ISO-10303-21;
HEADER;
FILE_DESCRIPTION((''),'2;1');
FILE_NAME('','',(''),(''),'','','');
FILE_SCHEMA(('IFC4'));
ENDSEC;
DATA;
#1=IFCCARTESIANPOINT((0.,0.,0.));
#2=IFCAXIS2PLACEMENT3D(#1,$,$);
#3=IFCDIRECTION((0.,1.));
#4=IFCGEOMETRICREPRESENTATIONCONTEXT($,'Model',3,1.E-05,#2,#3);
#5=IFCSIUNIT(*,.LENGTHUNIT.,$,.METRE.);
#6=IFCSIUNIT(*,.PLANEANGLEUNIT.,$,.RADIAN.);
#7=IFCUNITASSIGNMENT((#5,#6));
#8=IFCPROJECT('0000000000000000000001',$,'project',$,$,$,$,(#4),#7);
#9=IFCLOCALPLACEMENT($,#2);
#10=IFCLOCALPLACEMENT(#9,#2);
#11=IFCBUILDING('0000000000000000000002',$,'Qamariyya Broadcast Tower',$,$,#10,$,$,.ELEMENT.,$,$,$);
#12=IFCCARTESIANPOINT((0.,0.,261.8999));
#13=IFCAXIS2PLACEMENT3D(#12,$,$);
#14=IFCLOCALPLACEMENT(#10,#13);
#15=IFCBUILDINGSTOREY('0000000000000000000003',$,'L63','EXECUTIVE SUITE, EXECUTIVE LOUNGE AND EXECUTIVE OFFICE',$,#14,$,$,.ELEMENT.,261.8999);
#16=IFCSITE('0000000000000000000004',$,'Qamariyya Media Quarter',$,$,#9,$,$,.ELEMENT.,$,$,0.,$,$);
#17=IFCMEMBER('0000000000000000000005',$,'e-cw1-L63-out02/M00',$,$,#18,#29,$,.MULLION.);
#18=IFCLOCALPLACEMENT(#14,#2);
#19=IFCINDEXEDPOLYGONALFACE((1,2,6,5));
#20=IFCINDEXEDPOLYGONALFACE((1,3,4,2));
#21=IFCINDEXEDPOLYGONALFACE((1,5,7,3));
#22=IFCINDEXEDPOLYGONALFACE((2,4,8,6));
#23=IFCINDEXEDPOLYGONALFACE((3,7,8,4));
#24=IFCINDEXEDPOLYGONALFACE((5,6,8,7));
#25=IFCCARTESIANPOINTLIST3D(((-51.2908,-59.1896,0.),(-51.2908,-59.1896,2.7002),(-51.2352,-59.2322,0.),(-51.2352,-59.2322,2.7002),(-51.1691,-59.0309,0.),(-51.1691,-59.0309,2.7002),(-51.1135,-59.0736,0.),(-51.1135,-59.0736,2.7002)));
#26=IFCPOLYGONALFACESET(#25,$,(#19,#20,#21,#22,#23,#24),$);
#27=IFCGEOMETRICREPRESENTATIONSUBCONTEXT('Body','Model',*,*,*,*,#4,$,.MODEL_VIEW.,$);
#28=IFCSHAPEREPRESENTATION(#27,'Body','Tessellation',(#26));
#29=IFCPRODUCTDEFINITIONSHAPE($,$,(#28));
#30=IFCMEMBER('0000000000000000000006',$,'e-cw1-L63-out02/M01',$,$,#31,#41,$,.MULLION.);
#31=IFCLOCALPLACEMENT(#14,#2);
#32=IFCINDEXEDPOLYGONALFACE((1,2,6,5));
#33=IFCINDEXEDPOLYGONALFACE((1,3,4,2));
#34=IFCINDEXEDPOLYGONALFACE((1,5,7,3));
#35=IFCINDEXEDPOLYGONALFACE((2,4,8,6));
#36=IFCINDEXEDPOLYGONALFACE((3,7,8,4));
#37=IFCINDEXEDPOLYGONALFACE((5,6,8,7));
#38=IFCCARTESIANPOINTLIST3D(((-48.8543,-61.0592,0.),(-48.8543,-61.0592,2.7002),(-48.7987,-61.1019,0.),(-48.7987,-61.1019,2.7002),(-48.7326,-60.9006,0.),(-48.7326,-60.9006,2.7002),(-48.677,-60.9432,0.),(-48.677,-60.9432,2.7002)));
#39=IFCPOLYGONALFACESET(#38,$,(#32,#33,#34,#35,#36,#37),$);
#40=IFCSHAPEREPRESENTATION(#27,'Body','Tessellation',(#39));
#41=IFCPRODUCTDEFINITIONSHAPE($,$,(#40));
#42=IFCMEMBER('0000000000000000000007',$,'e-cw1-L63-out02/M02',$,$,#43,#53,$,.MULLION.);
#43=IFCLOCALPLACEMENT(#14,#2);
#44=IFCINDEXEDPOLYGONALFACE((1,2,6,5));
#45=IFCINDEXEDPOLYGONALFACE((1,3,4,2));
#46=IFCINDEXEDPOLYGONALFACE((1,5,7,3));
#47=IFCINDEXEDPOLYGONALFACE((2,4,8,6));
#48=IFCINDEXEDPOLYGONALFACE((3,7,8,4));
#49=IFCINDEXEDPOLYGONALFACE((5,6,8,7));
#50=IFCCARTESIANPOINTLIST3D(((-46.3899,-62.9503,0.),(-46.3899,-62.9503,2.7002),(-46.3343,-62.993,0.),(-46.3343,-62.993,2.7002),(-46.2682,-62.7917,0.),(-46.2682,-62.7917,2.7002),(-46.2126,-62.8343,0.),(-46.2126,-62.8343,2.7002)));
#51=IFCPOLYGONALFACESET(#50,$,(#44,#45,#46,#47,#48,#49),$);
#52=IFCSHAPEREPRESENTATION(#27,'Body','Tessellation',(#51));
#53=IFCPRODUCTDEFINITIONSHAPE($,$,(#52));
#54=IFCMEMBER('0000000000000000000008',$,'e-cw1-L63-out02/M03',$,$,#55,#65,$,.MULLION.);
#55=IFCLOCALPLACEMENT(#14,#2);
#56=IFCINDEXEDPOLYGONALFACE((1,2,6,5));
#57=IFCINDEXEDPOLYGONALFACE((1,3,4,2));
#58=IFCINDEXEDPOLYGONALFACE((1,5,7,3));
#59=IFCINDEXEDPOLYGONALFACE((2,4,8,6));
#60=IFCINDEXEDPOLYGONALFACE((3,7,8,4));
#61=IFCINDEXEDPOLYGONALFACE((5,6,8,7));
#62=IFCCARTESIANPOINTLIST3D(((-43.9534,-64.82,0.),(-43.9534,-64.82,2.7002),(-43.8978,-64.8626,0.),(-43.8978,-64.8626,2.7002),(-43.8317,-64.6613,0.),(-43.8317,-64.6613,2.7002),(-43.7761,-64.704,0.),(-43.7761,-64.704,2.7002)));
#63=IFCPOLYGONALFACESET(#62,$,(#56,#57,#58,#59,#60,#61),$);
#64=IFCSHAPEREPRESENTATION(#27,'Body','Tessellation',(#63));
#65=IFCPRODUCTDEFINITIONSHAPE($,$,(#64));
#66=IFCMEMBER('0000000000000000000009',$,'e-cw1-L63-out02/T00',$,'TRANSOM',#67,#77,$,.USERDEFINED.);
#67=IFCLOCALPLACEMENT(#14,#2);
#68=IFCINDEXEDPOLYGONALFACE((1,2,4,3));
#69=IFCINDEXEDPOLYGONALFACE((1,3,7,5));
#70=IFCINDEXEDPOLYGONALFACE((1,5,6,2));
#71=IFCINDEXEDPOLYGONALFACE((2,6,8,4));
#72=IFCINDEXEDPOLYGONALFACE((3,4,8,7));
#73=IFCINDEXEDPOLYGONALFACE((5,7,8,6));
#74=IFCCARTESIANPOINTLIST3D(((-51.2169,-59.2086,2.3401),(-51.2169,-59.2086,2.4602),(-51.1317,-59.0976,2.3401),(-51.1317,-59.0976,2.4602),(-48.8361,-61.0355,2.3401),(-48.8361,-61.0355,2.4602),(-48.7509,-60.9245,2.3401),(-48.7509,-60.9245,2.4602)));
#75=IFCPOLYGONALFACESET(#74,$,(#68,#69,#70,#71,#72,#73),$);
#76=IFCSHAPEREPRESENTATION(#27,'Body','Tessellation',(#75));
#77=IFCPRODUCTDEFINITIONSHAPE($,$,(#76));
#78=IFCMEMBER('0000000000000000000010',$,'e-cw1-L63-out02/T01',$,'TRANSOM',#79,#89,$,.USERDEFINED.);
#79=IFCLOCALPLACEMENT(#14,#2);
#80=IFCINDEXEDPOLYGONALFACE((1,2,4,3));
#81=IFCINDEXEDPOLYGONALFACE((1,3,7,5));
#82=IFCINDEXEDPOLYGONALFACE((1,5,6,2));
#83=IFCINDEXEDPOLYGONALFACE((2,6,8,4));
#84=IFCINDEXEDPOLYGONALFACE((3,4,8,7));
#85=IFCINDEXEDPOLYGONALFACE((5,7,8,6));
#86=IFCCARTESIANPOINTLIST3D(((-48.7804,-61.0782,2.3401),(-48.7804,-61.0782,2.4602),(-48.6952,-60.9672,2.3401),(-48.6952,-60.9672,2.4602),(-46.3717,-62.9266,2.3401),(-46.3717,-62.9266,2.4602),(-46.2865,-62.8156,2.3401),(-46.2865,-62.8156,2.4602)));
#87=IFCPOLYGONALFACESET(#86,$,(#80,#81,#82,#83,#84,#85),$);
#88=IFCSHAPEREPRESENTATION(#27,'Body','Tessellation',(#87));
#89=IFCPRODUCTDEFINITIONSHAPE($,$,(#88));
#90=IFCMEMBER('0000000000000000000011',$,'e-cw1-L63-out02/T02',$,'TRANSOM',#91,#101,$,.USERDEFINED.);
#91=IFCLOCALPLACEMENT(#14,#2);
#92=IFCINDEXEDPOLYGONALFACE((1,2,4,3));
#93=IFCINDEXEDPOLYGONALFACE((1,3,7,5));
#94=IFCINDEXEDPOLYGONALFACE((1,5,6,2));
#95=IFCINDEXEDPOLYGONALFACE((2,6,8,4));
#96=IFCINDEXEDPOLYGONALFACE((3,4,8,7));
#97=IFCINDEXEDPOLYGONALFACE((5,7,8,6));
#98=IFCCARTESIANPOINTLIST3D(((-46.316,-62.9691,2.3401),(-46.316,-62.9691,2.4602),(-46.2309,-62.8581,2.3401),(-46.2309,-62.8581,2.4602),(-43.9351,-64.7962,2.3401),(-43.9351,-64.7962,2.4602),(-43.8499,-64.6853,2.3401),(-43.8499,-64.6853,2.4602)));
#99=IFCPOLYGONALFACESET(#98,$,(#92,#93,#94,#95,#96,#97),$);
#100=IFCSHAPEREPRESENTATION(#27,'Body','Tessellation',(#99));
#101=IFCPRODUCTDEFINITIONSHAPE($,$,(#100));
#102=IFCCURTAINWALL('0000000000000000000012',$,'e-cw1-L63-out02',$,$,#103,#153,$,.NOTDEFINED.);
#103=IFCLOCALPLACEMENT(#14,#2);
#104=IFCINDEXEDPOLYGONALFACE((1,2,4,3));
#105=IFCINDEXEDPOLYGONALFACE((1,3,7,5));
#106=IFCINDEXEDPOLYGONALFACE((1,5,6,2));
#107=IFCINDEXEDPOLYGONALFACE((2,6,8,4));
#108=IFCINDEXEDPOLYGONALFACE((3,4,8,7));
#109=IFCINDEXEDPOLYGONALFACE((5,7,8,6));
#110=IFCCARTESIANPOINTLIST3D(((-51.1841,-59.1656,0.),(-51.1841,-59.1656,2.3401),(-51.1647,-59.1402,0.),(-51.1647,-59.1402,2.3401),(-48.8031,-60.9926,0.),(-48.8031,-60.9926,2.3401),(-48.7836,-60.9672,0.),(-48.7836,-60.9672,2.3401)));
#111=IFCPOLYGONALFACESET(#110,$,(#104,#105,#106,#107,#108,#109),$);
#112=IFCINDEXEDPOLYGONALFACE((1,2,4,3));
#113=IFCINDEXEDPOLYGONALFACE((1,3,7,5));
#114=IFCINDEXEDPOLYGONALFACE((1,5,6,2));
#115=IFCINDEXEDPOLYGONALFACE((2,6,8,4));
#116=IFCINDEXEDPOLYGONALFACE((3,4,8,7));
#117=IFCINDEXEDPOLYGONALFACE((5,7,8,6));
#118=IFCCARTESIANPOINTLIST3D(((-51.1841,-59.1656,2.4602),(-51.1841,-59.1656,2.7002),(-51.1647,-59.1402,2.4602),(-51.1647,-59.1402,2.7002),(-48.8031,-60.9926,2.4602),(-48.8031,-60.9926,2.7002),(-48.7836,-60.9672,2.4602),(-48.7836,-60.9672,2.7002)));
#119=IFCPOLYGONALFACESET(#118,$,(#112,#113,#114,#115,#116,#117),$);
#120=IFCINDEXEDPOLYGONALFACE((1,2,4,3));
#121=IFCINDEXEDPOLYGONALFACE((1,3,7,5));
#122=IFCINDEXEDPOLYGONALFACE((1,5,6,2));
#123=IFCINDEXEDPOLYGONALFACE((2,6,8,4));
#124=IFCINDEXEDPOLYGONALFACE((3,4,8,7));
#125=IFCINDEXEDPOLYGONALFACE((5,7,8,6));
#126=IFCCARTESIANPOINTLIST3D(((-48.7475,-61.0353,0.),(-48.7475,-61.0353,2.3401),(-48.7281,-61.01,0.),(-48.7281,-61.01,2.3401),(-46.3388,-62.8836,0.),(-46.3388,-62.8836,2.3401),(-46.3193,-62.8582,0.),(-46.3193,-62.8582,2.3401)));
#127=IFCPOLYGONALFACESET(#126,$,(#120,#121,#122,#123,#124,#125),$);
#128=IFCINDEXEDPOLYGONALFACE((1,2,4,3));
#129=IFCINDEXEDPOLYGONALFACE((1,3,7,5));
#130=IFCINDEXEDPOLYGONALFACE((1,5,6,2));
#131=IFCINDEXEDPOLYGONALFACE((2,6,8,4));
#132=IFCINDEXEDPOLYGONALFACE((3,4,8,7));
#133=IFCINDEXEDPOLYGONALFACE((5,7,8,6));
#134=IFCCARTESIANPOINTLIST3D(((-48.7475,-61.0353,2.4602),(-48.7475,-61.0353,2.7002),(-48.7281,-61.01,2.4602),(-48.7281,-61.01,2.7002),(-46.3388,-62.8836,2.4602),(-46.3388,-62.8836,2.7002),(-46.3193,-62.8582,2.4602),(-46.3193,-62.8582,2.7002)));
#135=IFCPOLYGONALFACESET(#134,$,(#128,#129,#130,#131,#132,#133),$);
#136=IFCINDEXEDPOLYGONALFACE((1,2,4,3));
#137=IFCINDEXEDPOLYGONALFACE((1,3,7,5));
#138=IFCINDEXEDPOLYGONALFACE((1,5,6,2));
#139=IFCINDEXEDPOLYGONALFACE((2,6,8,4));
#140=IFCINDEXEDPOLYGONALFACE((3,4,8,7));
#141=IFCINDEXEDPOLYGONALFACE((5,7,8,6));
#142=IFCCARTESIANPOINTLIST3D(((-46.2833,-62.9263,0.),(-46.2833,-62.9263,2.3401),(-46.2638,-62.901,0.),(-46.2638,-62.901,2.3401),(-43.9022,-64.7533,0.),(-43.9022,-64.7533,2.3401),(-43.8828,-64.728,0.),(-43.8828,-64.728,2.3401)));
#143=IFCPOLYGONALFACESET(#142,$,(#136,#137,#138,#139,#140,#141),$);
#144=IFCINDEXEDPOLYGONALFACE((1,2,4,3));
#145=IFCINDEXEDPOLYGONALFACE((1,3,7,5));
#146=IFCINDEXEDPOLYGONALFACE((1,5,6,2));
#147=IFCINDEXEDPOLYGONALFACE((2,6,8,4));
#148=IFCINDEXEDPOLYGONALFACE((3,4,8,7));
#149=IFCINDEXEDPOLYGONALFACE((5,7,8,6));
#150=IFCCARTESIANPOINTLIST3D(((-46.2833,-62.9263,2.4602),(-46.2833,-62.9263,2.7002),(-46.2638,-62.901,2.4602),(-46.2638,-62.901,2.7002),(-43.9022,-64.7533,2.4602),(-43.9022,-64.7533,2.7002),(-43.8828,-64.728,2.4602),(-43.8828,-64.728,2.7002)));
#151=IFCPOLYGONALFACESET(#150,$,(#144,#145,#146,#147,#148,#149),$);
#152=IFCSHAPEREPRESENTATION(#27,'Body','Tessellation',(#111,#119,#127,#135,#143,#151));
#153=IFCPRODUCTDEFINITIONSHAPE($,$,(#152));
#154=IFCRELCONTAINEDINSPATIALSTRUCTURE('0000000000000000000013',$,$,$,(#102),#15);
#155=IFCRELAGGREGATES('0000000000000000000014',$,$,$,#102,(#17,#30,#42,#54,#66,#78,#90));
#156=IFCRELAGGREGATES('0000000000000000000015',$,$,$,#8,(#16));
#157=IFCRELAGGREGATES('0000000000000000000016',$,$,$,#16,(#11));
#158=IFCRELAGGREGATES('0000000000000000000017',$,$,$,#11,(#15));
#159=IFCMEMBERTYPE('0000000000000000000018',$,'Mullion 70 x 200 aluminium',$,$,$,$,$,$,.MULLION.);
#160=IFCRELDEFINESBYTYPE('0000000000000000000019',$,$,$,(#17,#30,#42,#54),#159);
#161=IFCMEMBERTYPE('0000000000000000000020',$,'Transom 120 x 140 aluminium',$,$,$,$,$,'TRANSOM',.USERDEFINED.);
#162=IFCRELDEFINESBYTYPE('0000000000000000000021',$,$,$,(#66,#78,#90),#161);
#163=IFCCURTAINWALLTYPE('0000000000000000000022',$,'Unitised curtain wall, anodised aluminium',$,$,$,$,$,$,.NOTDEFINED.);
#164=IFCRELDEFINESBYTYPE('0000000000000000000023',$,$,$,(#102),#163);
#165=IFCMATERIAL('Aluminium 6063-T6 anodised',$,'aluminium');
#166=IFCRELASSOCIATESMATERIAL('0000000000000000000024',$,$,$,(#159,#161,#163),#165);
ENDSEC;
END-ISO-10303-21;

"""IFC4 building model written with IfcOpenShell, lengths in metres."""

from ifc_helpers import new_model, si_unit, direction, frame, origin, origin_2d, place, context, subcontext, project, spatial, rectangle, extrude, material, material_profile, profile_set, type_object, element, aggregate, save


model = new_model("IFC4")

# Units and contexts
model_context = context("Model", 3, precision=1e-05, world=origin(), true_north=direction((0.0, 1.0)))
body_context = subcontext(model_context, "Body", "Model", "MODEL_VIEW")
ifc_project = project(units=[si_unit("LENGTHUNIT", "METRE"), si_unit("PLANEANGLEUNIT", "RADIAN")], contexts=[model_context])

# Members
ifc_material = material(Name="Aluminium 6063-T6 anodised", Category="aluminium")
ifc_material_profile_1 = material_profile(ifc_material, rectangle(XDim=0.2, YDim=0.0701, at=origin_2d()))
ifc_profile_set_1 = profile_set([ifc_material_profile_1], Name="Aluminium 6063-T6 anodised")
member_type_1 = type_object("IfcMemberType", Name="Mullion 70 x 200 aluminium", PredefinedType="MULLION", material=ifc_profile_set_1)
site_placement = place(None, origin())
building_placement = place(site_placement, origin())
storey_placement = place(building_placement, frame((0.0, 0.0, 261.8999)))
member_1_placement = place(storey_placement, frame((-51.2021, -59.1316, 0.0), z_axis=(0.0, 0.0, 1.0), x_axis=(0.608761, 0.793353, 0.0)))
member_1 = element("IfcMember", 1, at=member_1_placement, type_object=member_type_1, Name="e-cw1-L63-out02/M00", PredefinedType="MULLION", context=body_context, shape_type="SweptSolid", body=[
    extrude(rectangle(XDim=0.2, YDim=0.0701, at=origin_2d()), origin(), (0.0, 0.0, 1.0), 2.7002),
])
member_2_placement = place(storey_placement, frame((-48.7656, -61.0012, 0.0), z_axis=(0.0, 0.0, 1.0), x_axis=(0.608761, 0.793353, 0.0)))
member_2 = element("IfcMember", 2, at=member_2_placement, type_object=member_type_1, Name="e-cw1-L63-out02/M01", PredefinedType="MULLION", context=body_context, shape_type="SweptSolid", body=[
    extrude(rectangle(XDim=0.2, YDim=0.0701, at=origin_2d()), origin(), (0.0, 0.0, 1.0), 2.7002),
])
member_3_placement = place(storey_placement, frame((-46.3013, -62.8923, 0.0), z_axis=(0.0, 0.0, 1.0), x_axis=(0.608761, 0.793353, 0.0)))
member_3 = element("IfcMember", 3, at=member_3_placement, type_object=member_type_1, Name="e-cw1-L63-out02/M02", PredefinedType="MULLION", context=body_context, shape_type="SweptSolid", body=[
    extrude(rectangle(XDim=0.2, YDim=0.0701, at=origin_2d()), origin(), (0.0, 0.0, 1.0), 2.7002),
])
member_4_placement = place(storey_placement, frame((-43.8647, -64.762, 0.0), z_axis=(0.0, 0.0, 1.0), x_axis=(0.608761, 0.793353, 0.0)))
member_4 = element("IfcMember", 4, at=member_4_placement, type_object=member_type_1, Name="e-cw1-L63-out02/M03", PredefinedType="MULLION", context=body_context, shape_type="SweptSolid", body=[
    extrude(rectangle(XDim=0.2, YDim=0.0701, at=origin_2d()), origin(), (0.0, 0.0, 1.0), 2.7002),
])
ifc_material_profile_2 = material_profile(ifc_material, rectangle(XDim=0.1399, YDim=0.1201, at=origin_2d()))
ifc_profile_set_2 = profile_set([ifc_material_profile_2], Name="Aluminium 6063-T6 anodised")
member_type_2 = type_object("IfcMemberType", Name="Transom 120 x 140 aluminium", ElementType="TRANSOM", PredefinedType="USERDEFINED", material=ifc_profile_set_2)
member_5_placement = place(storey_placement, frame((-51.1743, -59.1531, 2.4001), z_axis=(0.793352, -0.608763, 0.0), x_axis=(0.608763, 0.793352, 0.0)))
member_5 = element("IfcMember", 5, at=member_5_placement, type_object=member_type_2, Name="e-cw1-L63-out02/T00", ObjectType="TRANSOM", PredefinedType="USERDEFINED", context=body_context, shape_type="SweptSolid", body=[
    extrude(rectangle(XDim=0.1399, YDim=0.1201, at=origin_2d()), origin(), (0.0, 0.0, 1.0), 3.001),
])
member_6_placement = place(storey_placement, frame((-48.7378, -61.0227, 2.4001), z_axis=(0.793332, -0.608789, 0.0), x_axis=(0.608789, 0.793332, 0.0)))
member_6 = element("IfcMember", 6, at=member_6_placement, type_object=member_type_2, Name="e-cw1-L63-out02/T01", ObjectType="TRANSOM", PredefinedType="USERDEFINED", context=body_context, shape_type="SweptSolid", body=[
    extrude(rectangle(XDim=0.1399, YDim=0.1201, at=origin_2d()), origin(), (0.0, 0.0, 1.0), 3.0361),
])
member_7_placement = place(storey_placement, frame((-46.2734, -62.9136, 2.4001), z_axis=(0.793313, -0.608814, 0.0), x_axis=(0.608814, 0.793313, 0.0)))
member_7 = element("IfcMember", 7, at=member_7_placement, type_object=member_type_2, Name="e-cw1-L63-out02/T02", ObjectType="TRANSOM", PredefinedType="USERDEFINED", context=body_context, shape_type="SweptSolid", body=[
    extrude(rectangle(XDim=0.1399, YDim=0.1201, at=origin_2d()), origin(), (0.0, 0.0, 1.0), 3.0012),
])

# Site, building, storey
site = spatial("IfcSite", under=ifc_project, at=site_placement, Name="Qamariyya Media Quarter", CompositionType="ELEMENT", RefElevation=0.0)
building = spatial("IfcBuilding", under=site, at=building_placement, Name="Qamariyya Broadcast Tower", CompositionType="ELEMENT")
storey = spatial("IfcBuildingStorey", under=building, at=storey_placement, Name="L63", Description="EXECUTIVE SUITE, EXECUTIVE LOUNGE AND EXECUTIVE OFFICE", CompositionType="ELEMENT", Elevation=261.8999)

# Curtain wall
curtain_wall_type = type_object("IfcCurtainWallType", Name="Unitised curtain wall, anodised aluminium", PredefinedType="NOTDEFINED", material=ifc_material)
curtain_wall_1_placement = place(storey_placement, origin())
curtain_wall_1 = element("IfcCurtainWall", 8, at=curtain_wall_1_placement, inside=storey, type_object=curtain_wall_type, Name="e-cw1-L63-out02", PredefinedType="NOTDEFINED", context=body_context, shape_type="SweptSolid", body=[
    extrude(rectangle(XDim=3.0012, YDim=0.032, at=origin_2d()), frame((-49.9839, -60.0664, 0.0), x_axis=(0.793356, -0.608758, 0.0)), (0.0, 0.0, 1.0), 2.3401),
    extrude(rectangle(XDim=3.0012, YDim=0.032, at=origin_2d()), frame((-49.9839, -60.0664, 2.4602), x_axis=(0.793356, -0.608758, 0.0)), (0.0, 0.0, 1.0), 0.24),
    extrude(rectangle(XDim=3.0361, YDim=0.032, at=origin_2d()), frame((-47.5334, -61.9468, 0.0), x_axis=(0.793356, -0.608758, 0.0)), (0.0, 0.0, 1.0), 2.3401),
    extrude(rectangle(XDim=3.0361, YDim=0.032, at=origin_2d()), frame((-47.5334, -61.9468, 2.4602), x_axis=(0.793356, -0.608758, 0.0)), (0.0, 0.0, 1.0), 0.24),
    extrude(rectangle(XDim=3.0012, YDim=0.032, at=origin_2d()), frame((-45.083, -63.8271, 0.0), x_axis=(0.793356, -0.608758, 0.0)), (0.0, 0.0, 1.0), 2.3401),
    extrude(rectangle(XDim=3.0012, YDim=0.032, at=origin_2d()), frame((-45.083, -63.8271, 2.4602), x_axis=(0.793356, -0.608758, 0.0)), (0.0, 0.0, 1.0), 0.24),
])
aggregate(curtain_wall_1, [member_1, member_2, member_3, member_4, member_5, member_6, member_7])

save(model, "model.ifc")
